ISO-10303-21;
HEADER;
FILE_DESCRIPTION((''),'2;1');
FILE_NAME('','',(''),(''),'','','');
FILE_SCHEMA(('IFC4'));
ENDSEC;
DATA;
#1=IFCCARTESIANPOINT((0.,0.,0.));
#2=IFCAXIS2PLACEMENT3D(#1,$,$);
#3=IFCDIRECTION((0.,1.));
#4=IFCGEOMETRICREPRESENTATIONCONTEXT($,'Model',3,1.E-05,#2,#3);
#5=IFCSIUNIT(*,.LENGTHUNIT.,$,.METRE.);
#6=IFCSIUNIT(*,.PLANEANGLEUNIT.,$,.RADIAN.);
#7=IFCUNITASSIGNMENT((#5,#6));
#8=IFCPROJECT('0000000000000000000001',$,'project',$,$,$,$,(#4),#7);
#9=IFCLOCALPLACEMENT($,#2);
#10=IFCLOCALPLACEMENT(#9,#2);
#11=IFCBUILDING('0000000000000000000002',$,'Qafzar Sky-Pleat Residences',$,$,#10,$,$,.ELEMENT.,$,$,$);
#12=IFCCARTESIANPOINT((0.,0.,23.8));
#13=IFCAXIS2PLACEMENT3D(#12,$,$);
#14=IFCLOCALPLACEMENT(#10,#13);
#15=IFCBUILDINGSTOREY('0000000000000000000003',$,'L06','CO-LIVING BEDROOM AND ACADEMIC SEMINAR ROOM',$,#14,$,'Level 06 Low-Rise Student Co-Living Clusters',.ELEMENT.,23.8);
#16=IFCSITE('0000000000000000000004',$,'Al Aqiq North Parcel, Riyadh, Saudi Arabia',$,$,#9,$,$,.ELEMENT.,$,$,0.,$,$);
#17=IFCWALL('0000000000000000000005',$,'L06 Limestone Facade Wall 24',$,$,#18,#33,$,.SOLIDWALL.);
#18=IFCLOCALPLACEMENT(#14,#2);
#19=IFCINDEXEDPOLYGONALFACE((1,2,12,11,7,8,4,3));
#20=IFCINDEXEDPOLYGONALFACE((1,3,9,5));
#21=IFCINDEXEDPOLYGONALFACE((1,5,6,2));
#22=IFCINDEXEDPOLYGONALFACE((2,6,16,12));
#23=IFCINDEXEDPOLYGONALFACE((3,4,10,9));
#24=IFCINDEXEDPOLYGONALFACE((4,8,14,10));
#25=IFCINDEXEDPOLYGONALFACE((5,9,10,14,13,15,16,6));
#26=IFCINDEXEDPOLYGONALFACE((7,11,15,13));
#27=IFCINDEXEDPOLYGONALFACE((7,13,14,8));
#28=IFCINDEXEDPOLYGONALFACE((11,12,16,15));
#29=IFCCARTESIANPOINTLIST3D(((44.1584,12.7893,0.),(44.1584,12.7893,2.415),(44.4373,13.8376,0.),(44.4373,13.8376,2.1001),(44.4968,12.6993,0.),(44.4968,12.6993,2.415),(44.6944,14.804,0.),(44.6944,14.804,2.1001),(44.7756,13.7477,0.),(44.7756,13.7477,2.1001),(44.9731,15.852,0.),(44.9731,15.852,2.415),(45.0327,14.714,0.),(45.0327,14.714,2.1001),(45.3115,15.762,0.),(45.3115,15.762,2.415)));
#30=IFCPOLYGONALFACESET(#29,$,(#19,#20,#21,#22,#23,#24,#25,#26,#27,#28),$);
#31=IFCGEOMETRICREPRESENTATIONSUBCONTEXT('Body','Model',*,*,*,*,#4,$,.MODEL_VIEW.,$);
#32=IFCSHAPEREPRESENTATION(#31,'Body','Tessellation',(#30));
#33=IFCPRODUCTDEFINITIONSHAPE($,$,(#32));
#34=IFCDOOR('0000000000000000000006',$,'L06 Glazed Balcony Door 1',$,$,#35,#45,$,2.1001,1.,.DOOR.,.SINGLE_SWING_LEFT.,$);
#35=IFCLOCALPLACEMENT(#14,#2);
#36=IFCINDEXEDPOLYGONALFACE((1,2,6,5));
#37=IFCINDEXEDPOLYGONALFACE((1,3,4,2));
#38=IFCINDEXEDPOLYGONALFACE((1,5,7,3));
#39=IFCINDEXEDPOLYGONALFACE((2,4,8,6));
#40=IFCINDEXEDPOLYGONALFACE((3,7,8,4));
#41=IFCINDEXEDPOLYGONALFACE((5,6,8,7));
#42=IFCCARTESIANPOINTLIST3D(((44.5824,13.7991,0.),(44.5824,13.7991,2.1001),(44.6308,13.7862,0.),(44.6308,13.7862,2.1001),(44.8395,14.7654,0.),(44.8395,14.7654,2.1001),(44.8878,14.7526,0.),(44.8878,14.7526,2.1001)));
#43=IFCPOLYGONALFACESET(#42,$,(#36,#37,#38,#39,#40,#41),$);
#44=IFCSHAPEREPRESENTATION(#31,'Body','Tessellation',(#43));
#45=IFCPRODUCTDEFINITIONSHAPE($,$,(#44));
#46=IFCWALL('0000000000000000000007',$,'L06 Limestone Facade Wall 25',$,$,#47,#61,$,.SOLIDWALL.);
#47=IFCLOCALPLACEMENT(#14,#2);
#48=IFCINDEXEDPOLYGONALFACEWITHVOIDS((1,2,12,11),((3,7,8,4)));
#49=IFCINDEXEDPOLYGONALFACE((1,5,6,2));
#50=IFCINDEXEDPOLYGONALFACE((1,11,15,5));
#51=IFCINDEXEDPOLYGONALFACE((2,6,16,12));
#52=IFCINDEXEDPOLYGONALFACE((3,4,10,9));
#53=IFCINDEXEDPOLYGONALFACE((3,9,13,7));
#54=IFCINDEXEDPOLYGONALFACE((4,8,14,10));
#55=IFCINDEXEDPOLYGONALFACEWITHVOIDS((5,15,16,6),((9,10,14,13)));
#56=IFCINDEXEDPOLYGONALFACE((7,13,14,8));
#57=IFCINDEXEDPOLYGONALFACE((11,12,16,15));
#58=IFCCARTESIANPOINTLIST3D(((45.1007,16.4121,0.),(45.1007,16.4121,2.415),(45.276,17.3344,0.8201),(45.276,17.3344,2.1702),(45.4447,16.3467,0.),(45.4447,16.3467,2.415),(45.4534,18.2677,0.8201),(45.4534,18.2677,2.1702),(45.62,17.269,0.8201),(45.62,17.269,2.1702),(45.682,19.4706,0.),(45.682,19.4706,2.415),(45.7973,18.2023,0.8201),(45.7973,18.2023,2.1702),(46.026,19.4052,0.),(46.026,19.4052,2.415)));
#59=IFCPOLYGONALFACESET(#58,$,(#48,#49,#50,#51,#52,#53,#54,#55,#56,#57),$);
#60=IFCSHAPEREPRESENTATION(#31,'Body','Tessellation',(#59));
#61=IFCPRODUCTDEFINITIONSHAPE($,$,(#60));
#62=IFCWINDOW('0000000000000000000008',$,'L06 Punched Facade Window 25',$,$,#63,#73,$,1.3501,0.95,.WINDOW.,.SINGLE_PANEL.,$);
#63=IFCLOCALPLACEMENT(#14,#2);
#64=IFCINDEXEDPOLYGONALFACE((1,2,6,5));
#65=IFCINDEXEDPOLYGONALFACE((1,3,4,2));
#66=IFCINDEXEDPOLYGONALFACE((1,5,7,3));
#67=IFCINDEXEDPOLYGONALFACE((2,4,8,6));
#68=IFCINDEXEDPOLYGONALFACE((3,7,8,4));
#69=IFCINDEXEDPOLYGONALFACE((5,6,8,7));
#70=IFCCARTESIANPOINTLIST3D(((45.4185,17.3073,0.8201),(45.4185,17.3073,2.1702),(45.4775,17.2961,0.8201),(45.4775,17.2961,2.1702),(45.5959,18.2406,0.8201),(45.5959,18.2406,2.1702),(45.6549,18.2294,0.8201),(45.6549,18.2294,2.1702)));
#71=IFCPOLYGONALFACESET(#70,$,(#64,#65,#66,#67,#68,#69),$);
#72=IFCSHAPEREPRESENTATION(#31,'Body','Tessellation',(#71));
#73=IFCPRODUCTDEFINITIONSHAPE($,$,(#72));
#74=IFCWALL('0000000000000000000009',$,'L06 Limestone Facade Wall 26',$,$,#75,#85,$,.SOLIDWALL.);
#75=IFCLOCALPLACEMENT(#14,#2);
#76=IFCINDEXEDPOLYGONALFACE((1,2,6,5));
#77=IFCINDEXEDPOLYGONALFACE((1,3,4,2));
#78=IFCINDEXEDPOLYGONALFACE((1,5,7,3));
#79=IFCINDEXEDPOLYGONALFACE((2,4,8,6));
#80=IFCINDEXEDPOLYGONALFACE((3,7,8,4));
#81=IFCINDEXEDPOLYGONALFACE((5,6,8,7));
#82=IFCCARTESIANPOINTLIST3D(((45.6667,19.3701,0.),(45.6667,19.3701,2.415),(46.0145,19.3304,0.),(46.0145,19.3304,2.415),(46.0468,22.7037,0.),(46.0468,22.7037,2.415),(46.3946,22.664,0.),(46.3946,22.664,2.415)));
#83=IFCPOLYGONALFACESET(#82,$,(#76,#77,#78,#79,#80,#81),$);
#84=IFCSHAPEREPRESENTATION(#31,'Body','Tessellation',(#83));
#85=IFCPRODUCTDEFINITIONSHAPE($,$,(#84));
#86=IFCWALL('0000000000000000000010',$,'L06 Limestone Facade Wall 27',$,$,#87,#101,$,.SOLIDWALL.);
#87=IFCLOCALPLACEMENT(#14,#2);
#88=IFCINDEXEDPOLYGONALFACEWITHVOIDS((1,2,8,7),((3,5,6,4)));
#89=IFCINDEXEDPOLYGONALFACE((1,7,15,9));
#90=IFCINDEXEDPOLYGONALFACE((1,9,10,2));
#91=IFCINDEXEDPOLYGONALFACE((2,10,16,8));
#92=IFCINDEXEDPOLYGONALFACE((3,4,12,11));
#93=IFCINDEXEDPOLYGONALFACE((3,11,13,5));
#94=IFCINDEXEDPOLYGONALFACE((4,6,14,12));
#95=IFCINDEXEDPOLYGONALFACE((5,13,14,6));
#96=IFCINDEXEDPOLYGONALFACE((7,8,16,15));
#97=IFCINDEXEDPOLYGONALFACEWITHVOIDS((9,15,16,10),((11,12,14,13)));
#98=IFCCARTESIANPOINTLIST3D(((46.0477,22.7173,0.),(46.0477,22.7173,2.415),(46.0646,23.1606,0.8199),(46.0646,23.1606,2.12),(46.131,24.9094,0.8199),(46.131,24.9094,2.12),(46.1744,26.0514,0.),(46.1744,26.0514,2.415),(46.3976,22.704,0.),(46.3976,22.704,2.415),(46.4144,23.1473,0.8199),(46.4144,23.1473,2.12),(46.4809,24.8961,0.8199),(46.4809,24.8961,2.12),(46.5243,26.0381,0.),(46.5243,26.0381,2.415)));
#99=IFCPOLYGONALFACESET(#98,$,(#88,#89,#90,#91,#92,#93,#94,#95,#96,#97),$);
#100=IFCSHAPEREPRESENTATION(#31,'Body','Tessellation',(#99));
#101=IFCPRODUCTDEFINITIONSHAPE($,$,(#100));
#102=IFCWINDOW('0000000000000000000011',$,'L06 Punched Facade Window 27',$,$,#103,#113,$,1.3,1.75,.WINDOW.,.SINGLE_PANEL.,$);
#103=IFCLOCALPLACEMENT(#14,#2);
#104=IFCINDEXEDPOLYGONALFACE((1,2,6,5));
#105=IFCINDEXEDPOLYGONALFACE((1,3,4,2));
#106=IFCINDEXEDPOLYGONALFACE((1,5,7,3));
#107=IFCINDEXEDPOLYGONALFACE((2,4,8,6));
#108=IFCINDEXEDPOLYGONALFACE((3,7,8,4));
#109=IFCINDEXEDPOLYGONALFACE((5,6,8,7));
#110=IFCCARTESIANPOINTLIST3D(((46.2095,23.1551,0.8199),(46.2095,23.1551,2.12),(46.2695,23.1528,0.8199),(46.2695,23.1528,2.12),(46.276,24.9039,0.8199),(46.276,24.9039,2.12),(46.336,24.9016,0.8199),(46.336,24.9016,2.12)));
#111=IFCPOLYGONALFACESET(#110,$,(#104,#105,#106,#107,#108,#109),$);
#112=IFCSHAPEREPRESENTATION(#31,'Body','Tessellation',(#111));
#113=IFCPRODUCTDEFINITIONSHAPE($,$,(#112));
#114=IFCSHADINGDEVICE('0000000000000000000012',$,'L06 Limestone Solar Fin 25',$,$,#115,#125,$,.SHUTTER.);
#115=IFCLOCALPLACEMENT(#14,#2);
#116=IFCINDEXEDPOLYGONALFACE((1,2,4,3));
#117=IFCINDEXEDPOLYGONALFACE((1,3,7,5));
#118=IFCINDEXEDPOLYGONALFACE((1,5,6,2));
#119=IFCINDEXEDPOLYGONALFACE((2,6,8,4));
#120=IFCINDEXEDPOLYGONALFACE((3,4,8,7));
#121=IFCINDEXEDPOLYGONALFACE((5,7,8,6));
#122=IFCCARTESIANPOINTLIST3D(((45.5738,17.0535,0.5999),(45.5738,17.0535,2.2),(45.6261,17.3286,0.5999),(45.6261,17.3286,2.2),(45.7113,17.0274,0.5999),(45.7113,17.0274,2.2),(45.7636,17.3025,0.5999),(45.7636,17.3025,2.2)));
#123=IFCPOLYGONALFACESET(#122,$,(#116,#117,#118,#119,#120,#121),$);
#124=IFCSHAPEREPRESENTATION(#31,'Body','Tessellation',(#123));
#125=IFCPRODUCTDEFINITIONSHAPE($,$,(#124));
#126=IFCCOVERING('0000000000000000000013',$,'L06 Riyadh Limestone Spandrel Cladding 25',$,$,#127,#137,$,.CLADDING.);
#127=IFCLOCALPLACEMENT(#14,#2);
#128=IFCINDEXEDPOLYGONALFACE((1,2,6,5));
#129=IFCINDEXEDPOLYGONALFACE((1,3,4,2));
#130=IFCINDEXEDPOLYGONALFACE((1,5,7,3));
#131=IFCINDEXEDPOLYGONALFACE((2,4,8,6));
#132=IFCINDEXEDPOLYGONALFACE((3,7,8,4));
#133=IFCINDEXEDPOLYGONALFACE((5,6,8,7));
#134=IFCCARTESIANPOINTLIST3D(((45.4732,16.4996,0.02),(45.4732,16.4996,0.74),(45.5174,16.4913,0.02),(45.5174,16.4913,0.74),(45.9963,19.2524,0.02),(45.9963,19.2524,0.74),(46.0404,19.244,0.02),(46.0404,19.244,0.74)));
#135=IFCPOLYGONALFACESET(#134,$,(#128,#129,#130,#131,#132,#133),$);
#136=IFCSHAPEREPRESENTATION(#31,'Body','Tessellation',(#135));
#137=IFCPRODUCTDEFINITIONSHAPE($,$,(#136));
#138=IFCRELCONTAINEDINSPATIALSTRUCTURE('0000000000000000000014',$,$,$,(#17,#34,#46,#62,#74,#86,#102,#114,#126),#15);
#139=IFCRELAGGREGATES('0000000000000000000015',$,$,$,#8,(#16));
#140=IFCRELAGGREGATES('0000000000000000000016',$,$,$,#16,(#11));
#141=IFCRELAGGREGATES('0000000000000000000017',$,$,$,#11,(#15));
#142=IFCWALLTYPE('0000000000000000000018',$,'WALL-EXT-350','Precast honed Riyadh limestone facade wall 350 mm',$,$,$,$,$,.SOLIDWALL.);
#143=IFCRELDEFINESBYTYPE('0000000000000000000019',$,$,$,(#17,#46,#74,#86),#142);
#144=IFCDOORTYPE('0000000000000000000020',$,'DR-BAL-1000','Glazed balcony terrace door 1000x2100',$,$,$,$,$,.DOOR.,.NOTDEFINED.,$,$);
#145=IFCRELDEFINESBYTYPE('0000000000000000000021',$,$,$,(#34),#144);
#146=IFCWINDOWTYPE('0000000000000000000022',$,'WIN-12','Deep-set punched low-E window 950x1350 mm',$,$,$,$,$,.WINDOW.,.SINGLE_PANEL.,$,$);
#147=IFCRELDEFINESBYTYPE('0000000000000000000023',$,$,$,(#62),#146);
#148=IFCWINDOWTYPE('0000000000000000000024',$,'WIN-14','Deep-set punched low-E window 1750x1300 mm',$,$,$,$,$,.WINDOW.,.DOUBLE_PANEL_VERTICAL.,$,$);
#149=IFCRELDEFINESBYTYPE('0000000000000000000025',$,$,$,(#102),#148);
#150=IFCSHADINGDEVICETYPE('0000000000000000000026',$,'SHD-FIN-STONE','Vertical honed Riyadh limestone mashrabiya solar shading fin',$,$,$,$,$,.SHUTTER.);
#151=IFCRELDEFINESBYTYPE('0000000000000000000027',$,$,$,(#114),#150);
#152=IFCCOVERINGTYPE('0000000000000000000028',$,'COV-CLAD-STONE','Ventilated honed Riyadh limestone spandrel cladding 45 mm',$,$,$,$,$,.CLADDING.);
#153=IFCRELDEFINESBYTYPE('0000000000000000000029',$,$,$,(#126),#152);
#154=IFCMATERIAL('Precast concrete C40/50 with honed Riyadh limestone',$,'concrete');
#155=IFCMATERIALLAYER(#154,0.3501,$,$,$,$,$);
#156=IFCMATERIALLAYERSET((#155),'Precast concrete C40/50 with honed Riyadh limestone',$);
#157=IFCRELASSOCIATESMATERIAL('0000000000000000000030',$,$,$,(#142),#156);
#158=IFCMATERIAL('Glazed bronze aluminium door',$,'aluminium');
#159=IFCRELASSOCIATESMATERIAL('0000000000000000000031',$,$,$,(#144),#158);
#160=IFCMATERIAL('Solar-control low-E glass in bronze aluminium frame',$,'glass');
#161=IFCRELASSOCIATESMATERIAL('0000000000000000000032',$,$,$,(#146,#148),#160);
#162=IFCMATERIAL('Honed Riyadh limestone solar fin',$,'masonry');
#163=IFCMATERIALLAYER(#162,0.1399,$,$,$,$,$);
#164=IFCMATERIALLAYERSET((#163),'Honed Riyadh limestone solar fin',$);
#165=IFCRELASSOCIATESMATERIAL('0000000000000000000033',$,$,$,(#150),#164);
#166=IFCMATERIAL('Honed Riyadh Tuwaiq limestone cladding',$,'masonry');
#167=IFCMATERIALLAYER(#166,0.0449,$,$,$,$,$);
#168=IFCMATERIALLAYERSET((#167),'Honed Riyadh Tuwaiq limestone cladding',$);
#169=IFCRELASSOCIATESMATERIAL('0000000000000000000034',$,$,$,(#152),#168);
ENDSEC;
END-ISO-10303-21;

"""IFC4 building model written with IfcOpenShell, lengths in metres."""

from ifc_helpers import new_model, si_unit, direction, frame, frame_2d, origin, origin_2d, place, context, subcontext, project, spatial, rectangle, extrude, source, transform, mapped, material, layer, layer_set, type_object, element, fill, save


model = new_model("IFC4")

# Units and contexts
model_context = context("Model", 3, precision=1e-05, world=origin(), true_north=direction((0.0, 1.0)))
body_context = subcontext(model_context, "Body", "Model", "MODEL_VIEW")
ifc_project = project(units=[si_unit("LENGTHUNIT", "METRE"), si_unit("PLANEANGLEUNIT", "RADIAN")], contexts=[model_context])

# Site, building, storey
site_placement = place(None, origin())
site = spatial("IfcSite", under=ifc_project, at=site_placement, Name="Al Aqiq North Parcel, Riyadh, Saudi Arabia", CompositionType="ELEMENT", RefElevation=0.0)
building_placement = place(site_placement, origin())
building = spatial("IfcBuilding", under=site, at=building_placement, Name="Qafzar Sky-Pleat Residences", CompositionType="ELEMENT")
storey_placement = place(building_placement, frame((0.0, 0.0, 23.8)))
storey = spatial("IfcBuildingStorey", under=building, at=storey_placement, Name="L06", Description="CO-LIVING BEDROOM AND ACADEMIC SEMINAR ROOM", LongName="Level 06 Low-Rise Student Co-Living Clusters", CompositionType="ELEMENT", Elevation=23.8)

# Wall, opening, door
ifc_material_1 = material(Name="Precast concrete C40/50 with honed Riyadh limestone", Category="concrete")
ifc_layer_1 = layer(ifc_material_1, 0.3501)
ifc_layer_set_1 = layer_set([ifc_layer_1], Name="Precast concrete C40/50 with honed Riyadh limestone")
wall_type_1 = type_object("IfcWallType", Name="WALL-EXT-350", Description="Precast honed Riyadh limestone facade wall 350 mm", PredefinedType="SOLIDWALL", material=ifc_layer_set_1)
wall_1_placement = place(storey_placement, frame((44.3276, 12.7444, 0.0), z_axis=(0.0, 0.0, 1.0), x_axis=(0.257063, 0.966395, 0.0)))
wall_1 = element("IfcWall", 1, at=wall_1_placement, inside=storey, type_object=wall_type_1, Name="L06 Limestone Facade Wall 24", PredefinedType="SOLIDWALL", context=body_context, shape_type="SweptSolid", body=[
    extrude(rectangle(XDim=3.1692, YDim=0.3501, at=frame_2d((1.5845, 0.0))), origin(), (0.0, 0.0, 1.0), 2.415),
])
opening_1_placement = place(wall_1_placement, frame((1.0847, 0.0, 0.0)))
opening_1 = element("IfcOpeningElement", 2, at=opening_1_placement, cuts=wall_1, PredefinedType="OPENING", context=body_context, shape_type="SweptSolid", body=[
    extrude(rectangle(XDim=1.0, YDim=2.1001, at=frame_2d((0.5, 1.05))), frame((0.0, 0.1851, 0.0), z_axis=(0.0, -1.0, 0.0), x_axis=(1.0, 0.0, 0.0)), (0.0, 0.0, 1.0), 0.3701),
])
ifc_material_2 = material(Name="Glazed bronze aluminium door", Category="aluminium")
door_type_1 = type_object("IfcDoorType", Name="DR-BAL-1000", Description="Glazed balcony terrace door 1000x2100", OperationType="NOTDEFINED", PredefinedType="DOOR", material=ifc_material_2)
shared_shape_1 = source(origin(), body_context, "Body", "SweptSolid", [
    extrude(rectangle(XDim=1.0, YDim=2.1001, at=frame_2d((0.5, 1.05))), frame((0.0, 0.0249, 0.0), z_axis=(0.0, -1.0, 0.0), x_axis=(1.0, 0.0, 0.0)), (0.0, 0.0, 1.0), 0.05),
])
door_1_placement = place(opening_1_placement, origin())
door_1 = element("IfcDoor", 3, at=door_1_placement, inside=storey, type_object=door_type_1, Name="L06 Glazed Balcony Door 1", OperationType="SINGLE_SWING_LEFT", OverallHeight=2.1001, OverallWidth=1.0, PredefinedType="DOOR", context=body_context, shape_type="MappedRepresentation", body=[
    mapped(shared_shape_1, transform((0.0, 0.0, 0.0), x_axis=(1.0, 0.0, 0.0), y_axis=(0.0, 1.0, 0.0), z_axis=(0.0, 0.0, 1.0), scale=1.0)),
])
fill(opening_1, door_1)

# Wall, opening, window
wall_2_placement = place(storey_placement, frame((45.2727, 16.3794, 0.0), z_axis=(0.0, 0.0, 1.0), x_axis=(0.186712, 0.982415, 0.0)))
wall_2 = element("IfcWall", 4, at=wall_2_placement, inside=storey, type_object=wall_type_1, Name="L06 Limestone Facade Wall 25", PredefinedType="SOLIDWALL", context=body_context, shape_type="SweptSolid", body=[
    extrude(rectangle(XDim=3.1133, YDim=0.3501, at=frame_2d((1.5566, 0.0))), origin(), (0.0, 0.0, 1.0), 2.415),
])
opening_2_placement = place(wall_2_placement, frame((0.9387, 0.0, 0.8201)))
opening_2 = element("IfcOpeningElement", 5, at=opening_2_placement, cuts=wall_2, PredefinedType="OPENING", context=body_context, shape_type="SweptSolid", body=[
    extrude(rectangle(XDim=0.95, YDim=1.3501, at=frame_2d((0.4751, 0.675))), frame((0.0, 0.1851, 0.0), z_axis=(0.0, -1.0, 0.0), x_axis=(1.0, 0.0, 0.0)), (0.0, 0.0, 1.0), 0.3701),
])
ifc_material_3 = material(Name="Solar-control low-E glass in bronze aluminium frame", Category="glass")
window_type_1 = type_object("IfcWindowType", Name="WIN-12", Description="Deep-set punched low-E window 950x1350 mm", PartitioningType="SINGLE_PANEL", PredefinedType="WINDOW", material=ifc_material_3)
shared_shape_2 = source(origin(), body_context, "Body", "SweptSolid", [
    extrude(rectangle(XDim=0.95, YDim=1.3501, at=frame_2d((0.4751, 0.675))), frame((0.0, 0.03, 0.0), z_axis=(0.0, -1.0, 0.0), x_axis=(1.0, 0.0, 0.0)), (0.0, 0.0, 1.0), 0.0601),
])
window_1_placement = place(opening_2_placement, origin())
window_1 = element("IfcWindow", 6, at=window_1_placement, inside=storey, type_object=window_type_1, Name="L06 Punched Facade Window 25", OverallHeight=1.3501, OverallWidth=0.95, PartitioningType="SINGLE_PANEL", PredefinedType="WINDOW", context=body_context, shape_type="MappedRepresentation", body=[
    mapped(shared_shape_2, transform((0.0, 0.0, 0.0), x_axis=(1.0, 0.0, 0.0), y_axis=(0.0, 1.0, 0.0), z_axis=(0.0, 0.0, 1.0), scale=1.0)),
])
fill(opening_2, window_1)

# Wall
wall_3_placement = place(storey_placement, frame((45.8406, 19.3501, 0.0), z_axis=(0.0, 0.0, 1.0), x_axis=(0.11329, 0.993562, 0.0)))
element("IfcWall", 7, at=wall_3_placement, inside=storey, type_object=wall_type_1, Name="L06 Limestone Facade Wall 26", PredefinedType="SOLIDWALL", context=body_context, shape_type="SweptSolid", body=[
    extrude(rectangle(XDim=3.3552, YDim=0.3501, at=frame_2d((1.6777, 0.0))), origin(), (0.0, 0.0, 1.0), 2.415),
])

# Wall, opening, window
wall_4_placement = place(storey_placement, frame((46.2227, 22.7107, 0.0), z_axis=(0.0, 0.0, 1.0), x_axis=(0.037978, 0.999279, 0.0)))
wall_4 = element("IfcWall", 8, at=wall_4_placement, inside=storey, type_object=wall_type_1, Name="L06 Limestone Facade Wall 27", PredefinedType="SOLIDWALL", context=body_context, shape_type="SweptSolid", body=[
    extrude(rectangle(XDim=3.3364, YDim=0.3501, at=frame_2d((1.6682, 0.0))), origin(), (0.0, 0.0, 1.0), 2.415),
])
opening_3_placement = place(wall_4_placement, frame((0.4436, 0.0, 0.8201)))
opening_3 = element("IfcOpeningElement", 9, at=opening_3_placement, cuts=wall_4, PredefinedType="OPENING", context=body_context, shape_type="SweptSolid", body=[
    extrude(rectangle(XDim=1.75, YDim=1.3, at=frame_2d((0.875, 0.6499))), frame((0.0, 0.1851, 0.0), z_axis=(0.0, -1.0, 0.0), x_axis=(1.0, 0.0, 0.0)), (0.0, 0.0, 1.0), 0.3701),
])
window_type_2 = type_object("IfcWindowType", Name="WIN-14", Description="Deep-set punched low-E window 1750x1300 mm", PartitioningType="DOUBLE_PANEL_VERTICAL", PredefinedType="WINDOW", material=ifc_material_3)
shared_shape_3 = source(origin(), body_context, "Body", "SweptSolid", [
    extrude(rectangle(XDim=1.75, YDim=1.3, at=frame_2d((0.875, 0.6499))), frame((0.0, 0.03, 0.0), z_axis=(0.0, -1.0, 0.0), x_axis=(1.0, 0.0, 0.0)), (0.0, 0.0, 1.0), 0.0601),
])
window_2_placement = place(opening_3_placement, origin())
window_2 = element("IfcWindow", 10, at=window_2_placement, inside=storey, type_object=window_type_2, Name="L06 Punched Facade Window 27", OverallHeight=1.3, OverallWidth=1.75, PartitioningType="SINGLE_PANEL", PredefinedType="WINDOW", context=body_context, shape_type="MappedRepresentation", body=[
    mapped(shared_shape_3, transform((0.0, 0.0, 0.0), x_axis=(1.0, 0.0, 0.0), y_axis=(0.0, 1.0, 0.0), z_axis=(0.0, 0.0, 1.0), scale=1.0)),
])
fill(opening_3, window_2)

# Shading device
ifc_material_4 = material(Name="Honed Riyadh limestone solar fin", Category="masonry")
ifc_layer_2 = layer(ifc_material_4, 0.1399)
ifc_layer_set_2 = layer_set([ifc_layer_2], Name="Honed Riyadh limestone solar fin")
shading_device_type = type_object("IfcShadingDeviceType", Name="SHD-FIN-STONE", Description="Vertical honed Riyadh limestone mashrabiya solar shading fin", PredefinedType="SHUTTER", material=ifc_layer_set_2)
shared_shape_4 = source(origin(), body_context, "Body", "SweptSolid", [
    extrude(rectangle(XDim=0.1399, YDim=0.28, at=origin_2d()), origin(), (0.0, 0.0, 1.0), 1.6001),
])
shading_device_placement = place(storey_placement, frame((45.6687, 17.178, 0.5999), z_axis=(0.0, 0.0, 1.0), x_axis=(0.982421, -0.186678, 0.0)))
element("IfcShadingDevice", 11, at=shading_device_placement, inside=storey, type_object=shading_device_type, Name="L06 Limestone Solar Fin 25", PredefinedType="SHUTTER", context=body_context, shape_type="MappedRepresentation", body=[
    mapped(shared_shape_4, transform((0.0, 0.0, 0.0), x_axis=(1.0, 0.0, 0.0), y_axis=(0.0, 1.0, 0.0), z_axis=(0.0, 0.0, 1.0), scale=1.0)),
])

# Covering
ifc_material_5 = material(Name="Honed Riyadh Tuwaiq limestone cladding", Category="masonry")
ifc_layer_3 = layer(ifc_material_5, 0.0449)
ifc_layer_set_3 = layer_set([ifc_layer_3], Name="Honed Riyadh Tuwaiq limestone cladding")
covering_type = type_object("IfcCoveringType", Name="COV-CLAD-STONE", Description="Ventilated honed Riyadh limestone spandrel cladding 45 mm", PredefinedType="CLADDING", material=ifc_layer_set_3)
shared_shape_5 = source(origin(), body_context, "Body", "SweptSolid", [
    extrude(rectangle(XDim=2.802, YDim=0.0449, at=origin_2d()), origin(), (0.0, 0.0, 1.0), 0.72),
])
covering_placement = place(storey_placement, frame((45.7568, 17.8718, 0.02), z_axis=(0.0, 0.0, 1.0), x_axis=(0.186681, 0.982421, 0.0)))
element("IfcCovering", 12, at=covering_placement, inside=storey, type_object=covering_type, Name="L06 Riyadh Limestone Spandrel Cladding 25", PredefinedType="CLADDING", context=body_context, shape_type="MappedRepresentation", body=[
    mapped(shared_shape_5, transform((0.0, 0.0, 0.0), x_axis=(1.0, 0.0, 0.0), y_axis=(0.0, 1.0, 0.0), z_axis=(0.0, 0.0, 1.0), scale=1.0)),
])

save(model, "model.ifc")
